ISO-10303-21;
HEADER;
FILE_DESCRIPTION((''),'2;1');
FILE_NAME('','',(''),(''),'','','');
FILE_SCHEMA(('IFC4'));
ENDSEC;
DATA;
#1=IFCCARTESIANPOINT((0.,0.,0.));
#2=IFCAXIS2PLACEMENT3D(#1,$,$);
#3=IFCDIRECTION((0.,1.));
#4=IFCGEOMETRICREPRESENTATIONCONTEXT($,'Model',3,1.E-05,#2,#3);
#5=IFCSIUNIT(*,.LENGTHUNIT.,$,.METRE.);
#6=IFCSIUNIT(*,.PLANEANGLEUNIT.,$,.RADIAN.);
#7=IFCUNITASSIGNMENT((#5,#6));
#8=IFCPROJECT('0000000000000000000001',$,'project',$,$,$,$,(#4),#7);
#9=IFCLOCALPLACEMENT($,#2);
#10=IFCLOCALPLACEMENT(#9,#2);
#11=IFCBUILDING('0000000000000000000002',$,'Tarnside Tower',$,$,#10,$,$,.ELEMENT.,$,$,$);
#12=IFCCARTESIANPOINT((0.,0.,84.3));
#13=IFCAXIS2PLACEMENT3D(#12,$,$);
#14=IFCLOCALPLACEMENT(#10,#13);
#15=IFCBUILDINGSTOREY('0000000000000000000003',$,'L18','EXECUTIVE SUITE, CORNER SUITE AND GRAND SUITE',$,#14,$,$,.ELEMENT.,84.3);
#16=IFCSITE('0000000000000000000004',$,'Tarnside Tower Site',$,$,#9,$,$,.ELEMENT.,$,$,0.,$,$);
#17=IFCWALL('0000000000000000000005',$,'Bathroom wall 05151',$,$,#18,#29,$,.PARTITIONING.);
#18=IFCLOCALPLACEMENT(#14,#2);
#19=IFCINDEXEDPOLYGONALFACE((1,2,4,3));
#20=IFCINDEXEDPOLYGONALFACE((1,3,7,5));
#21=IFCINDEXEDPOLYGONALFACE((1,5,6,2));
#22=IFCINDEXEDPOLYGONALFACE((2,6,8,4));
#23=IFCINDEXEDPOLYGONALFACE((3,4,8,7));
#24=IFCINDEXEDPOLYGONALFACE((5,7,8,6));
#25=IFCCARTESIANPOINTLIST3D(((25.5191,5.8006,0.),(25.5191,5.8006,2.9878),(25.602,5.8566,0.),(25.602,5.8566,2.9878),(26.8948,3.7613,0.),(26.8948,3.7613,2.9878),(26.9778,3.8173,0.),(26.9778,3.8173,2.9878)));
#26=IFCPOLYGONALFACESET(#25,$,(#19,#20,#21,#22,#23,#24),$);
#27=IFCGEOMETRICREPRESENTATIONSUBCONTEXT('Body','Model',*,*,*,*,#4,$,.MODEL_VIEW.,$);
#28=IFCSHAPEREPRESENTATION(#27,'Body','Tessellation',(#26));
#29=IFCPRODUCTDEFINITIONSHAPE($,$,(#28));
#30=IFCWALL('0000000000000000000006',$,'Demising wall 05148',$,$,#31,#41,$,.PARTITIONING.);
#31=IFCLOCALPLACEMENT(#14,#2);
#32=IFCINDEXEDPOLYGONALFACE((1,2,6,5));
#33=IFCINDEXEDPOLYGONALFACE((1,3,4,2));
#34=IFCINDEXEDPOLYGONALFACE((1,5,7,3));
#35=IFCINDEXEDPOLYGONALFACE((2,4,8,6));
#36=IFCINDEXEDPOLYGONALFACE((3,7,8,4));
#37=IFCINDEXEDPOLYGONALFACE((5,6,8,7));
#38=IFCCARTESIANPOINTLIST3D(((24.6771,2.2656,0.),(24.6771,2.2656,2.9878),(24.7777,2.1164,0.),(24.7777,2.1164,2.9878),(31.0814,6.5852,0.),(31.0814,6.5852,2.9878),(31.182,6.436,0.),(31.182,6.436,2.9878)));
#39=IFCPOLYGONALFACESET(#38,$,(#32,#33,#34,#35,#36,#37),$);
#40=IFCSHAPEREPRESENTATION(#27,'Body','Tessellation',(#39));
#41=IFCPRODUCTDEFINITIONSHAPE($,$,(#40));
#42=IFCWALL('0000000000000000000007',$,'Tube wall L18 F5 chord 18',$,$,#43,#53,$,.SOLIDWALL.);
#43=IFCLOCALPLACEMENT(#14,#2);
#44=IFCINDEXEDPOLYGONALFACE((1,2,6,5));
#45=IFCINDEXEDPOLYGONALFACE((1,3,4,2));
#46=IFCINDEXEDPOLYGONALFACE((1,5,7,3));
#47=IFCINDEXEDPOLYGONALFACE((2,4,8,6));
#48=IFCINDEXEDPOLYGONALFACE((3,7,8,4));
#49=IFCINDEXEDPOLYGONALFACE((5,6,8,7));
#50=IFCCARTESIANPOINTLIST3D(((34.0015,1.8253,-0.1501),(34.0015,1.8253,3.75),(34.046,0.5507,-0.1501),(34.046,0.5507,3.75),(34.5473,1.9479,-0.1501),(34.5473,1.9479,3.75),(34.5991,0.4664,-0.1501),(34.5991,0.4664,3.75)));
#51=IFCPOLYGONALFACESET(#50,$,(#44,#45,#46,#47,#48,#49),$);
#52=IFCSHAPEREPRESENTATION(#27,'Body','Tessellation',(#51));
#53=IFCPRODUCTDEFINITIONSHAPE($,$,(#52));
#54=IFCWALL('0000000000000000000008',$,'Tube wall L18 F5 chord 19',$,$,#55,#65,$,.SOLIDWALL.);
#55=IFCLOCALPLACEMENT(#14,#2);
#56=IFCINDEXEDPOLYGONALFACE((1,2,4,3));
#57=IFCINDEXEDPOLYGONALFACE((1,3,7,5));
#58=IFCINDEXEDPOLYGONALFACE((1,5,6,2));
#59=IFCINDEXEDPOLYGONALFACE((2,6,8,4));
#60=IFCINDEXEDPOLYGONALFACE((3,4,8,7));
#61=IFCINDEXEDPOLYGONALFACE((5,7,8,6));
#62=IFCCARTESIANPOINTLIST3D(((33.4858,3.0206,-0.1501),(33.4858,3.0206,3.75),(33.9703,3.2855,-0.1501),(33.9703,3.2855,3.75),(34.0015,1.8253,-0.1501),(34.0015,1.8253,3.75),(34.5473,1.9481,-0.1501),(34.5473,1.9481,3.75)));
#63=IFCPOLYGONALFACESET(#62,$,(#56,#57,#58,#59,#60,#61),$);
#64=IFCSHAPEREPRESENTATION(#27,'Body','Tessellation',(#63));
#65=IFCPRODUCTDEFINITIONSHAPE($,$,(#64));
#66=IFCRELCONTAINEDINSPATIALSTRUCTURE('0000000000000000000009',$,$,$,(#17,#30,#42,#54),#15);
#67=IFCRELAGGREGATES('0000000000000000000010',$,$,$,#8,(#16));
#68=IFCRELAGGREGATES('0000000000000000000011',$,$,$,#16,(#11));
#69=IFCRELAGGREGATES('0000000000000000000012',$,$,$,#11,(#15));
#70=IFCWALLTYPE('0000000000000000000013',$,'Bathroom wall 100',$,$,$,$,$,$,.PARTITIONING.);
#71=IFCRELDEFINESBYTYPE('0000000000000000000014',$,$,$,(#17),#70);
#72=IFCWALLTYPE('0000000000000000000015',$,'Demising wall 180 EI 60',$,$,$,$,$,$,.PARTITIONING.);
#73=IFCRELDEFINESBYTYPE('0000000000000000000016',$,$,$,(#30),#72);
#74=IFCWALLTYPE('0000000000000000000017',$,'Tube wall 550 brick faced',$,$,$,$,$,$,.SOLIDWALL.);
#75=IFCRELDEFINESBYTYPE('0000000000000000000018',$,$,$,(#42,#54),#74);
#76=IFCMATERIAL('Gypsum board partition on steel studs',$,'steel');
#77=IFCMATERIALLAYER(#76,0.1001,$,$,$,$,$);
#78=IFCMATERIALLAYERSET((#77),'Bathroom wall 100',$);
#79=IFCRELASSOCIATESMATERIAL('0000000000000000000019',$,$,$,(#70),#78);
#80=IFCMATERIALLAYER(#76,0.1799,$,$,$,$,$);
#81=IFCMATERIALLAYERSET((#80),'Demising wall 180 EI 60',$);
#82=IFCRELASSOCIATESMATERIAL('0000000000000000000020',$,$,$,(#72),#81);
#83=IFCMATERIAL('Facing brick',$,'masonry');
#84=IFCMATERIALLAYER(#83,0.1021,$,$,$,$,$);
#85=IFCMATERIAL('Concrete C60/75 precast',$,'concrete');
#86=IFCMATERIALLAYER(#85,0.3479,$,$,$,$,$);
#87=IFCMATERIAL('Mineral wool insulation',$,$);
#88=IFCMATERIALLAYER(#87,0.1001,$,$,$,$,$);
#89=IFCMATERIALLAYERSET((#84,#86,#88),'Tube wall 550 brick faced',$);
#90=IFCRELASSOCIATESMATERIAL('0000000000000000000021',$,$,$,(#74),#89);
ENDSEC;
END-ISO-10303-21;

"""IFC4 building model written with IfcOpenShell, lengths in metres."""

from ifc_helpers import new_model, si_unit, direction, frame, frame_2d, origin, place, context, subcontext, project, spatial, polyline, rectangle, outline, extrude, material, layer, layer_set, type_object, element, save


model = new_model("IFC4")

# Units and contexts
model_context = context("Model", 3, precision=1e-05, world=origin(), true_north=direction((0.0, 1.0)))
body_context = subcontext(model_context, "Body", "Model", "MODEL_VIEW")
ifc_project = project(units=[si_unit("LENGTHUNIT", "METRE"), si_unit("PLANEANGLEUNIT", "RADIAN")], contexts=[model_context])

# Site, building, storey
site_placement = place(None, origin())
site = spatial("IfcSite", under=ifc_project, at=site_placement, Name="Tarnside Tower Site", CompositionType="ELEMENT", RefElevation=0.0)
building_placement = place(site_placement, origin())
building = spatial("IfcBuilding", under=site, at=building_placement, Name="Tarnside Tower", CompositionType="ELEMENT")
storey_placement = place(building_placement, frame((0.0, 0.0, 84.3)))
storey = spatial("IfcBuildingStorey", under=building, at=storey_placement, Name="L18", Description="EXECUTIVE SUITE, CORNER SUITE AND GRAND SUITE", CompositionType="ELEMENT", Elevation=84.3)

# Walls
ifc_material_1 = material(Name="Gypsum board partition on steel studs", Category="steel")
ifc_layer_1 = layer(ifc_material_1, 0.1001)
ifc_layer_set_1 = layer_set([ifc_layer_1], Name="Bathroom wall 100")
wall_type_1 = type_object("IfcWallType", Name="Bathroom wall 100", PredefinedType="PARTITIONING", material=ifc_layer_set_1)
wall_1_placement = place(storey_placement, frame((25.5605, 5.8286, 0.0), z_axis=(0.0, 0.0, 1.0), x_axis=(0.55925, -0.828999, 0.0)))
element("IfcWall", 1, at=wall_1_placement, inside=storey, type_object=wall_type_1, Name="Bathroom wall 05151", PredefinedType="PARTITIONING", context=body_context, shape_type="SweptSolid", body=[
    extrude(rectangle(XDim=2.46, YDim=0.1001, at=frame_2d((1.23, 0.0))), origin(), (0.0, 0.0, 1.0), 2.9878),
])
ifc_layer_2 = layer(ifc_material_1, 0.1799)
ifc_layer_set_2 = layer_set([ifc_layer_2], Name="Demising wall 180 EI 60")
wall_type_2 = type_object("IfcWallType", Name="Demising wall 180 EI 60", PredefinedType="PARTITIONING", material=ifc_layer_set_2)
wall_2_placement = place(storey_placement, frame((31.1316, 6.5105, 0.0), z_axis=(0.0, 0.0, 1.0), x_axis=(-0.829048, -0.559178, 0.0)))
element("IfcWall", 2, at=wall_2_placement, inside=storey, type_object=wall_type_2, Name="Demising wall 05148", PredefinedType="PARTITIONING", context=body_context, shape_type="SweptSolid", body=[
    extrude(rectangle(XDim=7.7249, YDim=0.1799, at=frame_2d((3.8623, 0.0))), origin(), (0.0, 0.0, 1.0), 2.9878),
])
ifc_material_2 = material(Name="Facing brick", Category="masonry")
ifc_layer_3 = layer(ifc_material_2, 0.1021)
ifc_material_3 = material(Name="Concrete C60/75 precast", Category="concrete")
ifc_layer_4 = layer(ifc_material_3, 0.3479)
ifc_material_4 = material(Name="Mineral wool insulation")
ifc_layer_5 = layer(ifc_material_4, 0.1001)
ifc_layer_set_3 = layer_set([ifc_layer_3, ifc_layer_4, ifc_layer_5], Name="Tube wall 550 brick faced")
wall_type_3 = type_object("IfcWallType", Name="Tube wall 550 brick faced", PredefinedType="SOLIDWALL", material=ifc_layer_set_3)
wall_3_placement = place(storey_placement, frame((34.3225, 0.5085, -0.1501), z_axis=(0.0, 0.0, 1.0), x_axis=(-0.034877, 0.999392, 0.0)))
element("IfcWall", 3, at=wall_3_placement, inside=storey, type_object=wall_type_3, Name="Tube wall L18 F5 chord 18", PredefinedType="SOLIDWALL", context=body_context, shape_type="SweptSolid", body=[
    extrude(outline(polyline([(-0.0518, -0.2749), (1.4307, -0.2749), (1.3271, 0.2749), (0.0518, 0.2749), (-0.0518, -0.2749)])), origin(), (0.0, 0.0, 1.0), 3.9001),
])
wall_4_placement = place(storey_placement, frame((34.2744, 1.8867, -0.1501), z_axis=(0.0, 0.0, 1.0), x_axis=(-0.396161, 0.918181, 0.0)))
element("IfcWall", 4, at=wall_4_placement, inside=storey, type_object=wall_type_3, Name="Tube wall L18 F5 chord 19", PredefinedType="SOLIDWALL", context=body_context, shape_type="SweptSolid", body=[
    extrude(outline(polyline([(-0.0518, -0.2749), (1.4048, -0.2749), (1.3535, 0.2749), (0.0518, 0.2749), (-0.0518, -0.2749)])), origin(), (0.0, 0.0, 1.0), 3.9001),
])

save(model, "model.ifc")
